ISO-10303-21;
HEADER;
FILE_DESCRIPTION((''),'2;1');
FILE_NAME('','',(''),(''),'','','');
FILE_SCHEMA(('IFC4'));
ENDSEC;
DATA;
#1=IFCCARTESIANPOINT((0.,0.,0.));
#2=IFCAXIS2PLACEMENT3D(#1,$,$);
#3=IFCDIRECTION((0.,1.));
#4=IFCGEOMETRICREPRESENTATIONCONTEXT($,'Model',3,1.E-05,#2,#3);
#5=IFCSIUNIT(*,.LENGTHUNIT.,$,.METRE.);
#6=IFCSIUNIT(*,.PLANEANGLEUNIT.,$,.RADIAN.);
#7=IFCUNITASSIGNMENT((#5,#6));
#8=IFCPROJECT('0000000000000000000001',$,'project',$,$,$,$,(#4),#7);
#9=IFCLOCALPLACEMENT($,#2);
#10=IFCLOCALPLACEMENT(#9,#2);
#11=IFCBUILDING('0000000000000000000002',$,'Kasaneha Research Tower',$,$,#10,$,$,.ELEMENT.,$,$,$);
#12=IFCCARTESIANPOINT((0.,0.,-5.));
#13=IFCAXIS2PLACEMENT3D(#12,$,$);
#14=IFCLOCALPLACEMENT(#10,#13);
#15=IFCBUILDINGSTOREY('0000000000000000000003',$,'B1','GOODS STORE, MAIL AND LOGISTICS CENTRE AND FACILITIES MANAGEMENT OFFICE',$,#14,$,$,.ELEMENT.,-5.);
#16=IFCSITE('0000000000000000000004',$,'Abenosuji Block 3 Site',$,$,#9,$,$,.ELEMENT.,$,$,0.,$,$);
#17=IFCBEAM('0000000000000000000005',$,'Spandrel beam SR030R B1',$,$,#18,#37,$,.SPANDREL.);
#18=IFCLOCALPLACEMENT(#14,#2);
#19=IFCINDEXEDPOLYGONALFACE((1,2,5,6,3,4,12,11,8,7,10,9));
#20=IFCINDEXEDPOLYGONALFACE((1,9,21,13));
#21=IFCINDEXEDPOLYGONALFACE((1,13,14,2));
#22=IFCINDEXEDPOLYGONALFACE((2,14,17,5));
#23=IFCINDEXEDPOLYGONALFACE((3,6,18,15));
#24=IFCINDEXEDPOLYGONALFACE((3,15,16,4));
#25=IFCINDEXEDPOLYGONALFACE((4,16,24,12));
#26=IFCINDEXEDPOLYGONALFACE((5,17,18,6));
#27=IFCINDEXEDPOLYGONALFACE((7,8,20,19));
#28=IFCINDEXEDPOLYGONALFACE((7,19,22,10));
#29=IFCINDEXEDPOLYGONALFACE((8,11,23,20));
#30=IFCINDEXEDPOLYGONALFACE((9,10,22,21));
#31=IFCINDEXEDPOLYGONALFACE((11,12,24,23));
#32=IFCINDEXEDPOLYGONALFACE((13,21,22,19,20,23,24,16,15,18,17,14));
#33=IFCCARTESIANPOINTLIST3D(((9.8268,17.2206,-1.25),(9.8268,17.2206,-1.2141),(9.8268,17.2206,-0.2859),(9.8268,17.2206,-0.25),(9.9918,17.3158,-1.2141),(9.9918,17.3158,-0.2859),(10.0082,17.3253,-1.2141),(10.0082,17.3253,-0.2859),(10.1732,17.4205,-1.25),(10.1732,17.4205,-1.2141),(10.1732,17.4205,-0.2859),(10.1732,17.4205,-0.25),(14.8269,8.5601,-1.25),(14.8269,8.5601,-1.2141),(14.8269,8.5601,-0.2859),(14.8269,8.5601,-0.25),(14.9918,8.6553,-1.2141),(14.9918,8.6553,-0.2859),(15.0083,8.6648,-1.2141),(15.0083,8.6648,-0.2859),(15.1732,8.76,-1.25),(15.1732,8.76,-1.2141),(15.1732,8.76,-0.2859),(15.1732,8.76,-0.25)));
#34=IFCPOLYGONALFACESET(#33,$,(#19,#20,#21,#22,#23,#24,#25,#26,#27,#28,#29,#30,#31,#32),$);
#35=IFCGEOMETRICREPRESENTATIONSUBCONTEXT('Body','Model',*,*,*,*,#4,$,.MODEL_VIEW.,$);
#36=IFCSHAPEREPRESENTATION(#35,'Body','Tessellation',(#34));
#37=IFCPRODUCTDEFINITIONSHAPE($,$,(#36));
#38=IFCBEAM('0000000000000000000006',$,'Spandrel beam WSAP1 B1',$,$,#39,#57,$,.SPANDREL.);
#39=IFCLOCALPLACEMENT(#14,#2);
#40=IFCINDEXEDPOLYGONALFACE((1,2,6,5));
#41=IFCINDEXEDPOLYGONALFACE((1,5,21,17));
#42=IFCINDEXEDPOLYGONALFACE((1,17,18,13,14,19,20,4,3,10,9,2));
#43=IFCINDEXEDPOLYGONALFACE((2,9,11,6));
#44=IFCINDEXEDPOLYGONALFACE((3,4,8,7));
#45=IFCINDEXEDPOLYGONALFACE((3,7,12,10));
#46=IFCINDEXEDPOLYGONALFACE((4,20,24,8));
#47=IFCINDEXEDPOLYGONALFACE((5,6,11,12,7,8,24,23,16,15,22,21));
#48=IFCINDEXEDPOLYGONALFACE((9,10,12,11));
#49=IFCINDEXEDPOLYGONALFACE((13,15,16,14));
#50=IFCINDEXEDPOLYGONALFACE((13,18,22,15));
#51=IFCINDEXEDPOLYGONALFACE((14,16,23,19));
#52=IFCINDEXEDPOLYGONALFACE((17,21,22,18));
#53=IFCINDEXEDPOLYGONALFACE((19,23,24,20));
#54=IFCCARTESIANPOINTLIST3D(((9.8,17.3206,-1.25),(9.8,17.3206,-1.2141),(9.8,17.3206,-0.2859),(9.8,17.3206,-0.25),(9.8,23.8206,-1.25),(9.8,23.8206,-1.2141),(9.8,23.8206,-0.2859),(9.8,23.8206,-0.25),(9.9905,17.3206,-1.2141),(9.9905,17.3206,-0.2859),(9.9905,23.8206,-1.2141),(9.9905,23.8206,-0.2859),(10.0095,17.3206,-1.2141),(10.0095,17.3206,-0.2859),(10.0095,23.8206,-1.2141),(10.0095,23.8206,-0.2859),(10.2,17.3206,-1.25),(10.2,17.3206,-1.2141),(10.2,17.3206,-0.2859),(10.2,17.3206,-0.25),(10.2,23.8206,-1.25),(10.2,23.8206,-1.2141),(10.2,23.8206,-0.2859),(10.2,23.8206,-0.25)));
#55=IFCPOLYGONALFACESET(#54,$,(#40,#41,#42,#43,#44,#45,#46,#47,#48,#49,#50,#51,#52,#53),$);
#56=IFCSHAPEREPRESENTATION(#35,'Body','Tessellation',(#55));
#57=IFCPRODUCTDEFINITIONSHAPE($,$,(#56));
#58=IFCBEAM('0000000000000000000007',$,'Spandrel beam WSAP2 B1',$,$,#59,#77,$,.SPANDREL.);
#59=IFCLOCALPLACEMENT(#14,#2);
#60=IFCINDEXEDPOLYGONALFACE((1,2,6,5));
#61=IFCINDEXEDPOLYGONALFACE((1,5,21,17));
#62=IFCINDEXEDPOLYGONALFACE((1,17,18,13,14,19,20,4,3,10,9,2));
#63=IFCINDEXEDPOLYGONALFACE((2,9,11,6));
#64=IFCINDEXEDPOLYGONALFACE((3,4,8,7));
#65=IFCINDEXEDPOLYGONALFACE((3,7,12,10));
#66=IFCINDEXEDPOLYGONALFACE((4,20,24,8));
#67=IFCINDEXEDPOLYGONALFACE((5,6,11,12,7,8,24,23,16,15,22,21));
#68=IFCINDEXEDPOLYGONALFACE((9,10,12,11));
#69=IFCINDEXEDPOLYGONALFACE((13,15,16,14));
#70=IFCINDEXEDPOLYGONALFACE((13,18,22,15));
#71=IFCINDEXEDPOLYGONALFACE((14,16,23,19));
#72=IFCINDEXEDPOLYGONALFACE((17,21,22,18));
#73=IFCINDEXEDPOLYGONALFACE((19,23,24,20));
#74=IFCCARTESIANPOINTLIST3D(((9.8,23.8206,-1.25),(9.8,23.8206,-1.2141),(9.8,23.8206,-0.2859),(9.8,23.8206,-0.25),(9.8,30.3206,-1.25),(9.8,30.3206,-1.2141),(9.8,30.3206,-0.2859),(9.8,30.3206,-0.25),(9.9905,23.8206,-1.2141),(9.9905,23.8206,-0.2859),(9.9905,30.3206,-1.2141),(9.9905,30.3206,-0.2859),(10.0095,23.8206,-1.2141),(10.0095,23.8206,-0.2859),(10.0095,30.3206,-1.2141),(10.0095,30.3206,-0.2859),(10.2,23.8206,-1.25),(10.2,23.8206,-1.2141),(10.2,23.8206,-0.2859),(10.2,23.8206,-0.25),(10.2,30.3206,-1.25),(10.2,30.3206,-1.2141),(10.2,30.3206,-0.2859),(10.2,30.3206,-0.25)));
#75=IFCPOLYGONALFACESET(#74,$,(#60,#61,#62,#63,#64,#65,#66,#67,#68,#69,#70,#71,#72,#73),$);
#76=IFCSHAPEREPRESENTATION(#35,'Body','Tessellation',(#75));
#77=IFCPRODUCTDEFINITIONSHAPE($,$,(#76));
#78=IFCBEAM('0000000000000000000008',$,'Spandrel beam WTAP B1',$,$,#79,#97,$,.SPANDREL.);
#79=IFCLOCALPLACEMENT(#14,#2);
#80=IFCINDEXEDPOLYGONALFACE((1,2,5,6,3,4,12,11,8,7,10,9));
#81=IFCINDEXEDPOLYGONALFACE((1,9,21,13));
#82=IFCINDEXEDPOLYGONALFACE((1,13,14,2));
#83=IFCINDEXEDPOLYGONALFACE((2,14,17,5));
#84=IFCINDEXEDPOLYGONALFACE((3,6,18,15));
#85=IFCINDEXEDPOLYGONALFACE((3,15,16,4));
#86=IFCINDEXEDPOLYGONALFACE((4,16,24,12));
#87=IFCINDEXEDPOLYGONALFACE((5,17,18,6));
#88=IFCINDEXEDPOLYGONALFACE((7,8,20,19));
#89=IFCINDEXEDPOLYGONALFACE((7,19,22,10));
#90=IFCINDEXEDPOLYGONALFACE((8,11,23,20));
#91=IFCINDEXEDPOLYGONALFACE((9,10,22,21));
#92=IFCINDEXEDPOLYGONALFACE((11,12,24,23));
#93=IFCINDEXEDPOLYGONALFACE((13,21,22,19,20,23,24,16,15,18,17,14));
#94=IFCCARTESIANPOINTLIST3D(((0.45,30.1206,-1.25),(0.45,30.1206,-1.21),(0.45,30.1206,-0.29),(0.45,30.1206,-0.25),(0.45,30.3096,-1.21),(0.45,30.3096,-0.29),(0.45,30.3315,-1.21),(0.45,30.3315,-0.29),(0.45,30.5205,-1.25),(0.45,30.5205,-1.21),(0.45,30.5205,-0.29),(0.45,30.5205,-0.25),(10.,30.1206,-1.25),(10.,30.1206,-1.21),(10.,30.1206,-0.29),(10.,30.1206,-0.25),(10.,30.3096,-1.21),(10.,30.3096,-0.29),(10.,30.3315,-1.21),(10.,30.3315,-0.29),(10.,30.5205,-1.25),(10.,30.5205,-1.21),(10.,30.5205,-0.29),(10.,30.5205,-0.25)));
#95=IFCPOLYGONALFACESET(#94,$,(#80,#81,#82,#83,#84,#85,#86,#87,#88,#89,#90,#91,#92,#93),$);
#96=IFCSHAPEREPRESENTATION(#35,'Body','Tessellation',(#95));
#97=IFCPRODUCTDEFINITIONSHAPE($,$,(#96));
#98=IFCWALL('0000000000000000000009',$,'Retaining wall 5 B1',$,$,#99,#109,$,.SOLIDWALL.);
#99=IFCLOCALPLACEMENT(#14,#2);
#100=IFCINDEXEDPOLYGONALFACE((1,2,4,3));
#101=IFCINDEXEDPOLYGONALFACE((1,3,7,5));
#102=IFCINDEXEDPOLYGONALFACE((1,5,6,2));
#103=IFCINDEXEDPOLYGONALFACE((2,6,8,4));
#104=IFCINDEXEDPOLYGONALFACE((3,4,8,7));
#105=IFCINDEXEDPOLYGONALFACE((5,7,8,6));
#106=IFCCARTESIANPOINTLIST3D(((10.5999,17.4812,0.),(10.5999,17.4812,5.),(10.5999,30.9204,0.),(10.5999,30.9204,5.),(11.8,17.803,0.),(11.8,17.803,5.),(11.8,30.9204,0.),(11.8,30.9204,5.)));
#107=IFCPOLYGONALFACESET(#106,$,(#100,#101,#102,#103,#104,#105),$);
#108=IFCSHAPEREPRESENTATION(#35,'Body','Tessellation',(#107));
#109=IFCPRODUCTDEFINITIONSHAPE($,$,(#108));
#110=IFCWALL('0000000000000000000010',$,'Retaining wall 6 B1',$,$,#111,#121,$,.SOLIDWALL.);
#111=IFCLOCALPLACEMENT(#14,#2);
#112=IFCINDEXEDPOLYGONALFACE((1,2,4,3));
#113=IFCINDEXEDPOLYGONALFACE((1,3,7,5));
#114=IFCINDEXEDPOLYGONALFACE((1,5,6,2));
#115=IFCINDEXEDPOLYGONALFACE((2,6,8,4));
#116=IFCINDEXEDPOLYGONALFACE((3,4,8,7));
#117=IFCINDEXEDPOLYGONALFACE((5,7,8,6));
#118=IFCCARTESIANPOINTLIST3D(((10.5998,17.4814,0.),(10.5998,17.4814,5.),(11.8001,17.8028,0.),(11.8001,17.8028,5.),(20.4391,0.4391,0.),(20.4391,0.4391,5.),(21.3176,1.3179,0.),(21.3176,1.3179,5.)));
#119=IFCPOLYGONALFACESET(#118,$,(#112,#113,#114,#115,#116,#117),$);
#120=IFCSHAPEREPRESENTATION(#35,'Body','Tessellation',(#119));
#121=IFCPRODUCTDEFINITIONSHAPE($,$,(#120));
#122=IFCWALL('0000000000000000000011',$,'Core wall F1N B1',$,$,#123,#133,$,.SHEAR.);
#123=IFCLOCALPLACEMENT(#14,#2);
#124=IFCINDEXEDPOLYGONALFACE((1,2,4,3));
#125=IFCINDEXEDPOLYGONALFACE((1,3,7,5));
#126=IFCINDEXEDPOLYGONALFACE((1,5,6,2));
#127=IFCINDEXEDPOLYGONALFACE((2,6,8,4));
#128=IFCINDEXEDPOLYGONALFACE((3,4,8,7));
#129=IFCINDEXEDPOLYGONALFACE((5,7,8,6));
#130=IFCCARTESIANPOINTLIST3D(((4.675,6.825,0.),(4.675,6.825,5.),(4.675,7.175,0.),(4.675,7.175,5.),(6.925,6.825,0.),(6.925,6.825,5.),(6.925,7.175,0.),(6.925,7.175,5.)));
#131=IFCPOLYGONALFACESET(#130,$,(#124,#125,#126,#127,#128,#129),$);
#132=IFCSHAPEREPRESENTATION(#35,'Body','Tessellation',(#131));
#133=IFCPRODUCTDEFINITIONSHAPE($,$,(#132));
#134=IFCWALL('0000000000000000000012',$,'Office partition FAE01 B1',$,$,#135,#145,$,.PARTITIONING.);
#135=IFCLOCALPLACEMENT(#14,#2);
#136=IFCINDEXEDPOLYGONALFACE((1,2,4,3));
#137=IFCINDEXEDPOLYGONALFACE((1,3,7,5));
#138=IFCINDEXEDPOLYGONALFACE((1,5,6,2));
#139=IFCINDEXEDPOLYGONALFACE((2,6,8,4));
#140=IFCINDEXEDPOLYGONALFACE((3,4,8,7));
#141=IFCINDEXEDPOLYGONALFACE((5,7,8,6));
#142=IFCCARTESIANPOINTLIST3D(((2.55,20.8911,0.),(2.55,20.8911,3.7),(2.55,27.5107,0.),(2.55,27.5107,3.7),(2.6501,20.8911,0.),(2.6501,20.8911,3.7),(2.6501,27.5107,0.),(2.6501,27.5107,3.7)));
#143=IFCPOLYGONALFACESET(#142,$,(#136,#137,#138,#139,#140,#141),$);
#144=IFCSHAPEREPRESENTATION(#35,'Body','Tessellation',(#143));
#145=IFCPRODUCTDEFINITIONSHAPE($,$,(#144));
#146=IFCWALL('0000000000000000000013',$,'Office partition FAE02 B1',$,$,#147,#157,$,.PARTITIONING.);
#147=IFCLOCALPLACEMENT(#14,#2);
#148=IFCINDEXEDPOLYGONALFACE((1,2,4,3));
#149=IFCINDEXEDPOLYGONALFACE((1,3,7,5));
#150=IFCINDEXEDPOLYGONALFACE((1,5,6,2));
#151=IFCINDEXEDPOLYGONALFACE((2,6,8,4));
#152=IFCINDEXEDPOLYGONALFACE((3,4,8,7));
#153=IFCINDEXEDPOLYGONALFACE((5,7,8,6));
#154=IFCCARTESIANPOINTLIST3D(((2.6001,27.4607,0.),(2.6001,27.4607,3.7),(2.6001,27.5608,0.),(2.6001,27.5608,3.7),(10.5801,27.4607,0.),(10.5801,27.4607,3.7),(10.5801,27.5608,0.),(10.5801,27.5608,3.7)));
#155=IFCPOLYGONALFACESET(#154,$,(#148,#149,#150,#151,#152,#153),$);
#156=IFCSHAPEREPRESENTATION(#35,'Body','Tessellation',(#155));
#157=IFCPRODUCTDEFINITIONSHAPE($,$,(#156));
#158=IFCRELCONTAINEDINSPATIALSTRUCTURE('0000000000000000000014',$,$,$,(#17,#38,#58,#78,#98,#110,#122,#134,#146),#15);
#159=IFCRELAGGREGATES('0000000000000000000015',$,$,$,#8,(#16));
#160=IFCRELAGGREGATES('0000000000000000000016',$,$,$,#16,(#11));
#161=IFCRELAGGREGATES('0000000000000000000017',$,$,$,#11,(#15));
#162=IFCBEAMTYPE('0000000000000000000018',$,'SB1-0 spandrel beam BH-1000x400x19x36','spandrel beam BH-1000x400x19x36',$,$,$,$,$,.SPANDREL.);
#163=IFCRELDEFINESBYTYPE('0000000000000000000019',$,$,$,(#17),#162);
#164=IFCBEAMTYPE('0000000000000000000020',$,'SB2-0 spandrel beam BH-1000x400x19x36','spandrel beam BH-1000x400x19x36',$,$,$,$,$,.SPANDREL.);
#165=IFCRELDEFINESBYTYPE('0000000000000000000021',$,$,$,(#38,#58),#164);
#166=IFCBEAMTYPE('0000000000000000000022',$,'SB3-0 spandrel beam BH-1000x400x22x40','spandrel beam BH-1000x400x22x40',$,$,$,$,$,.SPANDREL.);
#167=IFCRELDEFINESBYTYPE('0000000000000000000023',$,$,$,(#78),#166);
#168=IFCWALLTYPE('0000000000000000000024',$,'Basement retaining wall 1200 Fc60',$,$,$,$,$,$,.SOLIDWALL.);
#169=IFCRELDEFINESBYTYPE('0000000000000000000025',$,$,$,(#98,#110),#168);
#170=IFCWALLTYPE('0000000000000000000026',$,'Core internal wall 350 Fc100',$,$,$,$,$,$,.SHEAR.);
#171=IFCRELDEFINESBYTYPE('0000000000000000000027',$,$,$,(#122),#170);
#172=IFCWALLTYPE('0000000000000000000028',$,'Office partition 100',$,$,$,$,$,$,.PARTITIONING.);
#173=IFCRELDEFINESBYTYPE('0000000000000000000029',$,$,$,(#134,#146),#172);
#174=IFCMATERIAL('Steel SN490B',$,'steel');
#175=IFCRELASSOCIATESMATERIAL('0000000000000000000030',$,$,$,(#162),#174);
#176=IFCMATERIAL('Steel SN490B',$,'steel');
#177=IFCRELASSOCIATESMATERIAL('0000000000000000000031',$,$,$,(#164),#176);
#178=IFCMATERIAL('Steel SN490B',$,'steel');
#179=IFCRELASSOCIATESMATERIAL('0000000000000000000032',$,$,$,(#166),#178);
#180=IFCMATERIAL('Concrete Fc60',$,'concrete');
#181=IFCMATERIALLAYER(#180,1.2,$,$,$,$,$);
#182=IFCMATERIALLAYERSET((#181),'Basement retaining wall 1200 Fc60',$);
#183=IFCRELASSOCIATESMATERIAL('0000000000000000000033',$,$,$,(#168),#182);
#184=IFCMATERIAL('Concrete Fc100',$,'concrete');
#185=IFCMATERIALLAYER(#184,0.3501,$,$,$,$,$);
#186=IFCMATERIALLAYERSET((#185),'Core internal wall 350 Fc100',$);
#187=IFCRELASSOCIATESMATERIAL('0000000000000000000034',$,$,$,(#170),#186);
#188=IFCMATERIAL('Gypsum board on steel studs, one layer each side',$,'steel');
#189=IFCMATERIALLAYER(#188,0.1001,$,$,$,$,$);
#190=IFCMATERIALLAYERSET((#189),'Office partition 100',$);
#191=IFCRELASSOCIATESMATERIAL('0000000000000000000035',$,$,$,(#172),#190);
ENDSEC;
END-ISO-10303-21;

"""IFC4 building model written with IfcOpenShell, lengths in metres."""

from ifc_helpers import new_model, si_unit, direction, frame, frame_2d, origin, origin_2d, place, context, subcontext, project, spatial, polyline, rectangle, i_section, outline, extrude, material, layer, layer_set, material_profile, profile_set, type_object, element, save


model = new_model("IFC4")

# Units and contexts
model_context = context("Model", 3, precision=1e-05, world=origin(), true_north=direction((0.0, 1.0)))
body_context = subcontext(model_context, "Body", "Model", "MODEL_VIEW")
ifc_project = project(units=[si_unit("LENGTHUNIT", "METRE"), si_unit("PLANEANGLEUNIT", "RADIAN")], contexts=[model_context])

# Site, building, storey
site_placement = place(None, origin())
site = spatial("IfcSite", under=ifc_project, at=site_placement, Name="Abenosuji Block 3 Site", CompositionType="ELEMENT", RefElevation=0.0)
building_placement = place(site_placement, origin())
building = spatial("IfcBuilding", under=site, at=building_placement, Name="Kasaneha Research Tower", CompositionType="ELEMENT")
storey_placement = place(building_placement, frame((0.0, 0.0, -5.0)))
storey = spatial("IfcBuildingStorey", under=building, at=storey_placement, Name="B1", Description="GOODS STORE, MAIL AND LOGISTICS CENTRE AND FACILITIES MANAGEMENT OFFICE", CompositionType="ELEMENT", Elevation=-5.0)

# Beams
ifc_material_1 = material(Name="Steel SN490B", Category="steel")
ifc_material_profile_1 = material_profile(ifc_material_1, i_section(OverallWidth=0.3999, OverallDepth=1.0, WebThickness=0.019, FlangeThickness=0.0359, at=origin_2d()), Name="BH-1000x400x19x36")
ifc_profile_set_1 = profile_set([ifc_material_profile_1], Name="Steel SN490B")
beam_type_1 = type_object("IfcBeamType", Name="SB1-0 spandrel beam BH-1000x400x19x36", Description="spandrel beam BH-1000x400x19x36", PredefinedType="SPANDREL", material=ifc_profile_set_1)
beam_1_placement = place(storey_placement, frame((10.0, 17.3206, -0.75), z_axis=(0.499994, -0.866029, 0.0), x_axis=(0.866029, 0.499994, 0.0)))
element("IfcBeam", 1, at=beam_1_placement, inside=storey, type_object=beam_type_1, Name="Spandrel beam SR030R B1", PredefinedType="SPANDREL", context=body_context, shape_type="SweptSolid", body=[
    extrude(i_section(OverallWidth=0.3999, OverallDepth=1.0, WebThickness=0.019, FlangeThickness=0.0359, at=origin_2d()), origin(), (0.0, 0.0, 1.0), 10.0002),
])
ifc_material_2 = material(Name="Steel SN490B", Category="steel")
ifc_material_profile_2 = material_profile(ifc_material_2, i_section(OverallWidth=0.3999, OverallDepth=1.0, WebThickness=0.019, FlangeThickness=0.0359, at=origin_2d()), Name="BH-1000x400x19x36")
ifc_profile_set_2 = profile_set([ifc_material_profile_2], Name="Steel SN490B")
beam_type_2 = type_object("IfcBeamType", Name="SB2-0 spandrel beam BH-1000x400x19x36", Description="spandrel beam BH-1000x400x19x36", PredefinedType="SPANDREL", material=ifc_profile_set_2)
for number, where, z_axis, x_axis, name in (
    (2, (10.0, 17.3206, -0.75), (0.0, 1.0, 0.0), (-1.0, 0.0, 0.0), "Spandrel beam WSAP1 B1"),
    (3, (10.0, 23.8206, -0.75), (0.0, 1.0, 0.0), (-1.0, 0.0, 0.0), "Spandrel beam WSAP2 B1"),
):
    element("IfcBeam", number, at=place(storey_placement, frame(where, z_axis=z_axis, x_axis=x_axis)), inside=storey, type_object=beam_type_2, Name=name, PredefinedType="SPANDREL", context=body_context, shape_type="SweptSolid", body=[
        extrude(i_section(OverallWidth=0.3999, OverallDepth=1.0, WebThickness=0.019, FlangeThickness=0.0359, at=origin_2d()), origin(), (0.0, 0.0, 1.0), 6.5),
    ])
ifc_material_3 = material(Name="Steel SN490B", Category="steel")
ifc_material_profile_3 = material_profile(ifc_material_3, i_section(OverallWidth=0.3999, OverallDepth=1.0, WebThickness=0.022, FlangeThickness=0.04, at=origin_2d()), Name="BH-1000x400x22x40")
ifc_profile_set_3 = profile_set([ifc_material_profile_3], Name="Steel SN490B")
beam_type_3 = type_object("IfcBeamType", Name="SB3-0 spandrel beam BH-1000x400x22x40", Description="spandrel beam BH-1000x400x22x40", PredefinedType="SPANDREL", material=ifc_profile_set_3)
beam_2_placement = place(storey_placement, frame((10.0, 30.3206, -0.75), z_axis=(-1.0, 0.0, 0.0), x_axis=(0.0, -1.0, 0.0)))
element("IfcBeam", 4, at=beam_2_placement, inside=storey, type_object=beam_type_3, Name="Spandrel beam WTAP B1", PredefinedType="SPANDREL", context=body_context, shape_type="SweptSolid", body=[
    extrude(i_section(OverallWidth=0.3999, OverallDepth=1.0, WebThickness=0.022, FlangeThickness=0.04, at=origin_2d()), origin(), (0.0, 0.0, 1.0), 9.55),
])

# Walls
ifc_material_4 = material(Name="Concrete Fc60", Category="concrete")
ifc_layer_1 = layer(ifc_material_4, 1.2)
ifc_layer_set_1 = layer_set([ifc_layer_1], Name="Basement retaining wall 1200 Fc60")
wall_type_1 = type_object("IfcWallType", Name="Basement retaining wall 1200 Fc60", PredefinedType="SOLIDWALL", material=ifc_layer_set_1)
wall_1_placement = place(storey_placement, frame((11.2, 30.9204, 0.0), z_axis=(0.0, 0.0, 1.0), x_axis=(0.0, -1.0, 0.0)))
element("IfcWall", 5, at=wall_1_placement, inside=storey, type_object=wall_type_1, Name="Retaining wall 5 B1", PredefinedType="SOLIDWALL", context=body_context, shape_type="SweptSolid", body=[
    extrude(outline(polyline([(0.0, -0.6001), (13.4392, -0.6001), (13.1174, 0.6001), (0.0, 0.6001), (0.0, -0.6001)])), origin(), (0.0, 0.0, 1.0), 5.0),
])
wall_2_placement = place(storey_placement, frame((11.2, 17.6421, 0.0), z_axis=(0.0, 0.0, 1.0), x_axis=(0.499998, -0.866026, 0.0)))
element("IfcWall", 6, at=wall_2_placement, inside=storey, type_object=wall_type_1, Name="Retaining wall 6 B1", PredefinedType="SOLIDWALL", context=body_context, shape_type="SweptSolid", body=[
    extrude(outline(polyline([(-0.1609, -0.6001), (19.5178, -0.6001), (19.196, 0.6001), (0.1609, 0.6001), (-0.1609, -0.6001)])), origin(), (0.0, 0.0, 1.0), 5.0),
])
ifc_material_5 = material(Name="Concrete Fc100", Category="concrete")
ifc_layer_2 = layer(ifc_material_5, 0.3501)
ifc_layer_set_2 = layer_set([ifc_layer_2], Name="Core internal wall 350 Fc100")
wall_type_2 = type_object("IfcWallType", Name="Core internal wall 350 Fc100", PredefinedType="SHEAR", material=ifc_layer_set_2)
wall_3_placement = place(storey_placement, frame((4.675, 7.0, 0.0), z_axis=(0.0, 0.0, 1.0), x_axis=(1.0, 0.0, 0.0)))
element("IfcWall", 7, at=wall_3_placement, inside=storey, type_object=wall_type_2, Name="Core wall F1N B1", PredefinedType="SHEAR", context=body_context, shape_type="SweptSolid", body=[
    extrude(rectangle(XDim=2.25, YDim=0.3501, at=frame_2d((1.125, 0.0))), origin(), (0.0, 0.0, 1.0), 5.0),
])

# Walls
ifc_material_6 = material(Name="Gypsum board on steel studs, one layer each side", Category="steel")
ifc_layer_3 = layer(ifc_material_6, 0.1001)
ifc_layer_set_3 = layer_set([ifc_layer_3], Name="Office partition 100")
wall_type_3 = type_object("IfcWallType", Name="Office partition 100", PredefinedType="PARTITIONING", material=ifc_layer_set_3)
wall_4_placement = place(storey_placement, frame((2.6001, 20.8911, 0.0), z_axis=(0.0, 0.0, 1.0), x_axis=(0.0, 1.0, 0.0)))
element("IfcWall", 8, at=wall_4_placement, inside=storey, type_object=wall_type_3, Name="Office partition FAE01 B1", PredefinedType="PARTITIONING", context=body_context, shape_type="SweptSolid", body=[
    extrude(rectangle(XDim=6.6196, YDim=0.1001, at=frame_2d((3.3098, 0.0))), origin(), (0.0, 0.0, 1.0), 3.7),
])
wall_5_placement = place(storey_placement, frame((2.6001, 27.5107, 0.0), z_axis=(0.0, 0.0, 1.0), x_axis=(1.0, 0.0, 0.0)))
element("IfcWall", 9, at=wall_5_placement, inside=storey, type_object=wall_type_3, Name="Office partition FAE02 B1", PredefinedType="PARTITIONING", context=body_context, shape_type="SweptSolid", body=[
    extrude(rectangle(XDim=7.98, YDim=0.1001, at=frame_2d((3.99, 0.0))), origin(), (0.0, 0.0, 1.0), 3.7),
])

save(model, "model.ifc")
